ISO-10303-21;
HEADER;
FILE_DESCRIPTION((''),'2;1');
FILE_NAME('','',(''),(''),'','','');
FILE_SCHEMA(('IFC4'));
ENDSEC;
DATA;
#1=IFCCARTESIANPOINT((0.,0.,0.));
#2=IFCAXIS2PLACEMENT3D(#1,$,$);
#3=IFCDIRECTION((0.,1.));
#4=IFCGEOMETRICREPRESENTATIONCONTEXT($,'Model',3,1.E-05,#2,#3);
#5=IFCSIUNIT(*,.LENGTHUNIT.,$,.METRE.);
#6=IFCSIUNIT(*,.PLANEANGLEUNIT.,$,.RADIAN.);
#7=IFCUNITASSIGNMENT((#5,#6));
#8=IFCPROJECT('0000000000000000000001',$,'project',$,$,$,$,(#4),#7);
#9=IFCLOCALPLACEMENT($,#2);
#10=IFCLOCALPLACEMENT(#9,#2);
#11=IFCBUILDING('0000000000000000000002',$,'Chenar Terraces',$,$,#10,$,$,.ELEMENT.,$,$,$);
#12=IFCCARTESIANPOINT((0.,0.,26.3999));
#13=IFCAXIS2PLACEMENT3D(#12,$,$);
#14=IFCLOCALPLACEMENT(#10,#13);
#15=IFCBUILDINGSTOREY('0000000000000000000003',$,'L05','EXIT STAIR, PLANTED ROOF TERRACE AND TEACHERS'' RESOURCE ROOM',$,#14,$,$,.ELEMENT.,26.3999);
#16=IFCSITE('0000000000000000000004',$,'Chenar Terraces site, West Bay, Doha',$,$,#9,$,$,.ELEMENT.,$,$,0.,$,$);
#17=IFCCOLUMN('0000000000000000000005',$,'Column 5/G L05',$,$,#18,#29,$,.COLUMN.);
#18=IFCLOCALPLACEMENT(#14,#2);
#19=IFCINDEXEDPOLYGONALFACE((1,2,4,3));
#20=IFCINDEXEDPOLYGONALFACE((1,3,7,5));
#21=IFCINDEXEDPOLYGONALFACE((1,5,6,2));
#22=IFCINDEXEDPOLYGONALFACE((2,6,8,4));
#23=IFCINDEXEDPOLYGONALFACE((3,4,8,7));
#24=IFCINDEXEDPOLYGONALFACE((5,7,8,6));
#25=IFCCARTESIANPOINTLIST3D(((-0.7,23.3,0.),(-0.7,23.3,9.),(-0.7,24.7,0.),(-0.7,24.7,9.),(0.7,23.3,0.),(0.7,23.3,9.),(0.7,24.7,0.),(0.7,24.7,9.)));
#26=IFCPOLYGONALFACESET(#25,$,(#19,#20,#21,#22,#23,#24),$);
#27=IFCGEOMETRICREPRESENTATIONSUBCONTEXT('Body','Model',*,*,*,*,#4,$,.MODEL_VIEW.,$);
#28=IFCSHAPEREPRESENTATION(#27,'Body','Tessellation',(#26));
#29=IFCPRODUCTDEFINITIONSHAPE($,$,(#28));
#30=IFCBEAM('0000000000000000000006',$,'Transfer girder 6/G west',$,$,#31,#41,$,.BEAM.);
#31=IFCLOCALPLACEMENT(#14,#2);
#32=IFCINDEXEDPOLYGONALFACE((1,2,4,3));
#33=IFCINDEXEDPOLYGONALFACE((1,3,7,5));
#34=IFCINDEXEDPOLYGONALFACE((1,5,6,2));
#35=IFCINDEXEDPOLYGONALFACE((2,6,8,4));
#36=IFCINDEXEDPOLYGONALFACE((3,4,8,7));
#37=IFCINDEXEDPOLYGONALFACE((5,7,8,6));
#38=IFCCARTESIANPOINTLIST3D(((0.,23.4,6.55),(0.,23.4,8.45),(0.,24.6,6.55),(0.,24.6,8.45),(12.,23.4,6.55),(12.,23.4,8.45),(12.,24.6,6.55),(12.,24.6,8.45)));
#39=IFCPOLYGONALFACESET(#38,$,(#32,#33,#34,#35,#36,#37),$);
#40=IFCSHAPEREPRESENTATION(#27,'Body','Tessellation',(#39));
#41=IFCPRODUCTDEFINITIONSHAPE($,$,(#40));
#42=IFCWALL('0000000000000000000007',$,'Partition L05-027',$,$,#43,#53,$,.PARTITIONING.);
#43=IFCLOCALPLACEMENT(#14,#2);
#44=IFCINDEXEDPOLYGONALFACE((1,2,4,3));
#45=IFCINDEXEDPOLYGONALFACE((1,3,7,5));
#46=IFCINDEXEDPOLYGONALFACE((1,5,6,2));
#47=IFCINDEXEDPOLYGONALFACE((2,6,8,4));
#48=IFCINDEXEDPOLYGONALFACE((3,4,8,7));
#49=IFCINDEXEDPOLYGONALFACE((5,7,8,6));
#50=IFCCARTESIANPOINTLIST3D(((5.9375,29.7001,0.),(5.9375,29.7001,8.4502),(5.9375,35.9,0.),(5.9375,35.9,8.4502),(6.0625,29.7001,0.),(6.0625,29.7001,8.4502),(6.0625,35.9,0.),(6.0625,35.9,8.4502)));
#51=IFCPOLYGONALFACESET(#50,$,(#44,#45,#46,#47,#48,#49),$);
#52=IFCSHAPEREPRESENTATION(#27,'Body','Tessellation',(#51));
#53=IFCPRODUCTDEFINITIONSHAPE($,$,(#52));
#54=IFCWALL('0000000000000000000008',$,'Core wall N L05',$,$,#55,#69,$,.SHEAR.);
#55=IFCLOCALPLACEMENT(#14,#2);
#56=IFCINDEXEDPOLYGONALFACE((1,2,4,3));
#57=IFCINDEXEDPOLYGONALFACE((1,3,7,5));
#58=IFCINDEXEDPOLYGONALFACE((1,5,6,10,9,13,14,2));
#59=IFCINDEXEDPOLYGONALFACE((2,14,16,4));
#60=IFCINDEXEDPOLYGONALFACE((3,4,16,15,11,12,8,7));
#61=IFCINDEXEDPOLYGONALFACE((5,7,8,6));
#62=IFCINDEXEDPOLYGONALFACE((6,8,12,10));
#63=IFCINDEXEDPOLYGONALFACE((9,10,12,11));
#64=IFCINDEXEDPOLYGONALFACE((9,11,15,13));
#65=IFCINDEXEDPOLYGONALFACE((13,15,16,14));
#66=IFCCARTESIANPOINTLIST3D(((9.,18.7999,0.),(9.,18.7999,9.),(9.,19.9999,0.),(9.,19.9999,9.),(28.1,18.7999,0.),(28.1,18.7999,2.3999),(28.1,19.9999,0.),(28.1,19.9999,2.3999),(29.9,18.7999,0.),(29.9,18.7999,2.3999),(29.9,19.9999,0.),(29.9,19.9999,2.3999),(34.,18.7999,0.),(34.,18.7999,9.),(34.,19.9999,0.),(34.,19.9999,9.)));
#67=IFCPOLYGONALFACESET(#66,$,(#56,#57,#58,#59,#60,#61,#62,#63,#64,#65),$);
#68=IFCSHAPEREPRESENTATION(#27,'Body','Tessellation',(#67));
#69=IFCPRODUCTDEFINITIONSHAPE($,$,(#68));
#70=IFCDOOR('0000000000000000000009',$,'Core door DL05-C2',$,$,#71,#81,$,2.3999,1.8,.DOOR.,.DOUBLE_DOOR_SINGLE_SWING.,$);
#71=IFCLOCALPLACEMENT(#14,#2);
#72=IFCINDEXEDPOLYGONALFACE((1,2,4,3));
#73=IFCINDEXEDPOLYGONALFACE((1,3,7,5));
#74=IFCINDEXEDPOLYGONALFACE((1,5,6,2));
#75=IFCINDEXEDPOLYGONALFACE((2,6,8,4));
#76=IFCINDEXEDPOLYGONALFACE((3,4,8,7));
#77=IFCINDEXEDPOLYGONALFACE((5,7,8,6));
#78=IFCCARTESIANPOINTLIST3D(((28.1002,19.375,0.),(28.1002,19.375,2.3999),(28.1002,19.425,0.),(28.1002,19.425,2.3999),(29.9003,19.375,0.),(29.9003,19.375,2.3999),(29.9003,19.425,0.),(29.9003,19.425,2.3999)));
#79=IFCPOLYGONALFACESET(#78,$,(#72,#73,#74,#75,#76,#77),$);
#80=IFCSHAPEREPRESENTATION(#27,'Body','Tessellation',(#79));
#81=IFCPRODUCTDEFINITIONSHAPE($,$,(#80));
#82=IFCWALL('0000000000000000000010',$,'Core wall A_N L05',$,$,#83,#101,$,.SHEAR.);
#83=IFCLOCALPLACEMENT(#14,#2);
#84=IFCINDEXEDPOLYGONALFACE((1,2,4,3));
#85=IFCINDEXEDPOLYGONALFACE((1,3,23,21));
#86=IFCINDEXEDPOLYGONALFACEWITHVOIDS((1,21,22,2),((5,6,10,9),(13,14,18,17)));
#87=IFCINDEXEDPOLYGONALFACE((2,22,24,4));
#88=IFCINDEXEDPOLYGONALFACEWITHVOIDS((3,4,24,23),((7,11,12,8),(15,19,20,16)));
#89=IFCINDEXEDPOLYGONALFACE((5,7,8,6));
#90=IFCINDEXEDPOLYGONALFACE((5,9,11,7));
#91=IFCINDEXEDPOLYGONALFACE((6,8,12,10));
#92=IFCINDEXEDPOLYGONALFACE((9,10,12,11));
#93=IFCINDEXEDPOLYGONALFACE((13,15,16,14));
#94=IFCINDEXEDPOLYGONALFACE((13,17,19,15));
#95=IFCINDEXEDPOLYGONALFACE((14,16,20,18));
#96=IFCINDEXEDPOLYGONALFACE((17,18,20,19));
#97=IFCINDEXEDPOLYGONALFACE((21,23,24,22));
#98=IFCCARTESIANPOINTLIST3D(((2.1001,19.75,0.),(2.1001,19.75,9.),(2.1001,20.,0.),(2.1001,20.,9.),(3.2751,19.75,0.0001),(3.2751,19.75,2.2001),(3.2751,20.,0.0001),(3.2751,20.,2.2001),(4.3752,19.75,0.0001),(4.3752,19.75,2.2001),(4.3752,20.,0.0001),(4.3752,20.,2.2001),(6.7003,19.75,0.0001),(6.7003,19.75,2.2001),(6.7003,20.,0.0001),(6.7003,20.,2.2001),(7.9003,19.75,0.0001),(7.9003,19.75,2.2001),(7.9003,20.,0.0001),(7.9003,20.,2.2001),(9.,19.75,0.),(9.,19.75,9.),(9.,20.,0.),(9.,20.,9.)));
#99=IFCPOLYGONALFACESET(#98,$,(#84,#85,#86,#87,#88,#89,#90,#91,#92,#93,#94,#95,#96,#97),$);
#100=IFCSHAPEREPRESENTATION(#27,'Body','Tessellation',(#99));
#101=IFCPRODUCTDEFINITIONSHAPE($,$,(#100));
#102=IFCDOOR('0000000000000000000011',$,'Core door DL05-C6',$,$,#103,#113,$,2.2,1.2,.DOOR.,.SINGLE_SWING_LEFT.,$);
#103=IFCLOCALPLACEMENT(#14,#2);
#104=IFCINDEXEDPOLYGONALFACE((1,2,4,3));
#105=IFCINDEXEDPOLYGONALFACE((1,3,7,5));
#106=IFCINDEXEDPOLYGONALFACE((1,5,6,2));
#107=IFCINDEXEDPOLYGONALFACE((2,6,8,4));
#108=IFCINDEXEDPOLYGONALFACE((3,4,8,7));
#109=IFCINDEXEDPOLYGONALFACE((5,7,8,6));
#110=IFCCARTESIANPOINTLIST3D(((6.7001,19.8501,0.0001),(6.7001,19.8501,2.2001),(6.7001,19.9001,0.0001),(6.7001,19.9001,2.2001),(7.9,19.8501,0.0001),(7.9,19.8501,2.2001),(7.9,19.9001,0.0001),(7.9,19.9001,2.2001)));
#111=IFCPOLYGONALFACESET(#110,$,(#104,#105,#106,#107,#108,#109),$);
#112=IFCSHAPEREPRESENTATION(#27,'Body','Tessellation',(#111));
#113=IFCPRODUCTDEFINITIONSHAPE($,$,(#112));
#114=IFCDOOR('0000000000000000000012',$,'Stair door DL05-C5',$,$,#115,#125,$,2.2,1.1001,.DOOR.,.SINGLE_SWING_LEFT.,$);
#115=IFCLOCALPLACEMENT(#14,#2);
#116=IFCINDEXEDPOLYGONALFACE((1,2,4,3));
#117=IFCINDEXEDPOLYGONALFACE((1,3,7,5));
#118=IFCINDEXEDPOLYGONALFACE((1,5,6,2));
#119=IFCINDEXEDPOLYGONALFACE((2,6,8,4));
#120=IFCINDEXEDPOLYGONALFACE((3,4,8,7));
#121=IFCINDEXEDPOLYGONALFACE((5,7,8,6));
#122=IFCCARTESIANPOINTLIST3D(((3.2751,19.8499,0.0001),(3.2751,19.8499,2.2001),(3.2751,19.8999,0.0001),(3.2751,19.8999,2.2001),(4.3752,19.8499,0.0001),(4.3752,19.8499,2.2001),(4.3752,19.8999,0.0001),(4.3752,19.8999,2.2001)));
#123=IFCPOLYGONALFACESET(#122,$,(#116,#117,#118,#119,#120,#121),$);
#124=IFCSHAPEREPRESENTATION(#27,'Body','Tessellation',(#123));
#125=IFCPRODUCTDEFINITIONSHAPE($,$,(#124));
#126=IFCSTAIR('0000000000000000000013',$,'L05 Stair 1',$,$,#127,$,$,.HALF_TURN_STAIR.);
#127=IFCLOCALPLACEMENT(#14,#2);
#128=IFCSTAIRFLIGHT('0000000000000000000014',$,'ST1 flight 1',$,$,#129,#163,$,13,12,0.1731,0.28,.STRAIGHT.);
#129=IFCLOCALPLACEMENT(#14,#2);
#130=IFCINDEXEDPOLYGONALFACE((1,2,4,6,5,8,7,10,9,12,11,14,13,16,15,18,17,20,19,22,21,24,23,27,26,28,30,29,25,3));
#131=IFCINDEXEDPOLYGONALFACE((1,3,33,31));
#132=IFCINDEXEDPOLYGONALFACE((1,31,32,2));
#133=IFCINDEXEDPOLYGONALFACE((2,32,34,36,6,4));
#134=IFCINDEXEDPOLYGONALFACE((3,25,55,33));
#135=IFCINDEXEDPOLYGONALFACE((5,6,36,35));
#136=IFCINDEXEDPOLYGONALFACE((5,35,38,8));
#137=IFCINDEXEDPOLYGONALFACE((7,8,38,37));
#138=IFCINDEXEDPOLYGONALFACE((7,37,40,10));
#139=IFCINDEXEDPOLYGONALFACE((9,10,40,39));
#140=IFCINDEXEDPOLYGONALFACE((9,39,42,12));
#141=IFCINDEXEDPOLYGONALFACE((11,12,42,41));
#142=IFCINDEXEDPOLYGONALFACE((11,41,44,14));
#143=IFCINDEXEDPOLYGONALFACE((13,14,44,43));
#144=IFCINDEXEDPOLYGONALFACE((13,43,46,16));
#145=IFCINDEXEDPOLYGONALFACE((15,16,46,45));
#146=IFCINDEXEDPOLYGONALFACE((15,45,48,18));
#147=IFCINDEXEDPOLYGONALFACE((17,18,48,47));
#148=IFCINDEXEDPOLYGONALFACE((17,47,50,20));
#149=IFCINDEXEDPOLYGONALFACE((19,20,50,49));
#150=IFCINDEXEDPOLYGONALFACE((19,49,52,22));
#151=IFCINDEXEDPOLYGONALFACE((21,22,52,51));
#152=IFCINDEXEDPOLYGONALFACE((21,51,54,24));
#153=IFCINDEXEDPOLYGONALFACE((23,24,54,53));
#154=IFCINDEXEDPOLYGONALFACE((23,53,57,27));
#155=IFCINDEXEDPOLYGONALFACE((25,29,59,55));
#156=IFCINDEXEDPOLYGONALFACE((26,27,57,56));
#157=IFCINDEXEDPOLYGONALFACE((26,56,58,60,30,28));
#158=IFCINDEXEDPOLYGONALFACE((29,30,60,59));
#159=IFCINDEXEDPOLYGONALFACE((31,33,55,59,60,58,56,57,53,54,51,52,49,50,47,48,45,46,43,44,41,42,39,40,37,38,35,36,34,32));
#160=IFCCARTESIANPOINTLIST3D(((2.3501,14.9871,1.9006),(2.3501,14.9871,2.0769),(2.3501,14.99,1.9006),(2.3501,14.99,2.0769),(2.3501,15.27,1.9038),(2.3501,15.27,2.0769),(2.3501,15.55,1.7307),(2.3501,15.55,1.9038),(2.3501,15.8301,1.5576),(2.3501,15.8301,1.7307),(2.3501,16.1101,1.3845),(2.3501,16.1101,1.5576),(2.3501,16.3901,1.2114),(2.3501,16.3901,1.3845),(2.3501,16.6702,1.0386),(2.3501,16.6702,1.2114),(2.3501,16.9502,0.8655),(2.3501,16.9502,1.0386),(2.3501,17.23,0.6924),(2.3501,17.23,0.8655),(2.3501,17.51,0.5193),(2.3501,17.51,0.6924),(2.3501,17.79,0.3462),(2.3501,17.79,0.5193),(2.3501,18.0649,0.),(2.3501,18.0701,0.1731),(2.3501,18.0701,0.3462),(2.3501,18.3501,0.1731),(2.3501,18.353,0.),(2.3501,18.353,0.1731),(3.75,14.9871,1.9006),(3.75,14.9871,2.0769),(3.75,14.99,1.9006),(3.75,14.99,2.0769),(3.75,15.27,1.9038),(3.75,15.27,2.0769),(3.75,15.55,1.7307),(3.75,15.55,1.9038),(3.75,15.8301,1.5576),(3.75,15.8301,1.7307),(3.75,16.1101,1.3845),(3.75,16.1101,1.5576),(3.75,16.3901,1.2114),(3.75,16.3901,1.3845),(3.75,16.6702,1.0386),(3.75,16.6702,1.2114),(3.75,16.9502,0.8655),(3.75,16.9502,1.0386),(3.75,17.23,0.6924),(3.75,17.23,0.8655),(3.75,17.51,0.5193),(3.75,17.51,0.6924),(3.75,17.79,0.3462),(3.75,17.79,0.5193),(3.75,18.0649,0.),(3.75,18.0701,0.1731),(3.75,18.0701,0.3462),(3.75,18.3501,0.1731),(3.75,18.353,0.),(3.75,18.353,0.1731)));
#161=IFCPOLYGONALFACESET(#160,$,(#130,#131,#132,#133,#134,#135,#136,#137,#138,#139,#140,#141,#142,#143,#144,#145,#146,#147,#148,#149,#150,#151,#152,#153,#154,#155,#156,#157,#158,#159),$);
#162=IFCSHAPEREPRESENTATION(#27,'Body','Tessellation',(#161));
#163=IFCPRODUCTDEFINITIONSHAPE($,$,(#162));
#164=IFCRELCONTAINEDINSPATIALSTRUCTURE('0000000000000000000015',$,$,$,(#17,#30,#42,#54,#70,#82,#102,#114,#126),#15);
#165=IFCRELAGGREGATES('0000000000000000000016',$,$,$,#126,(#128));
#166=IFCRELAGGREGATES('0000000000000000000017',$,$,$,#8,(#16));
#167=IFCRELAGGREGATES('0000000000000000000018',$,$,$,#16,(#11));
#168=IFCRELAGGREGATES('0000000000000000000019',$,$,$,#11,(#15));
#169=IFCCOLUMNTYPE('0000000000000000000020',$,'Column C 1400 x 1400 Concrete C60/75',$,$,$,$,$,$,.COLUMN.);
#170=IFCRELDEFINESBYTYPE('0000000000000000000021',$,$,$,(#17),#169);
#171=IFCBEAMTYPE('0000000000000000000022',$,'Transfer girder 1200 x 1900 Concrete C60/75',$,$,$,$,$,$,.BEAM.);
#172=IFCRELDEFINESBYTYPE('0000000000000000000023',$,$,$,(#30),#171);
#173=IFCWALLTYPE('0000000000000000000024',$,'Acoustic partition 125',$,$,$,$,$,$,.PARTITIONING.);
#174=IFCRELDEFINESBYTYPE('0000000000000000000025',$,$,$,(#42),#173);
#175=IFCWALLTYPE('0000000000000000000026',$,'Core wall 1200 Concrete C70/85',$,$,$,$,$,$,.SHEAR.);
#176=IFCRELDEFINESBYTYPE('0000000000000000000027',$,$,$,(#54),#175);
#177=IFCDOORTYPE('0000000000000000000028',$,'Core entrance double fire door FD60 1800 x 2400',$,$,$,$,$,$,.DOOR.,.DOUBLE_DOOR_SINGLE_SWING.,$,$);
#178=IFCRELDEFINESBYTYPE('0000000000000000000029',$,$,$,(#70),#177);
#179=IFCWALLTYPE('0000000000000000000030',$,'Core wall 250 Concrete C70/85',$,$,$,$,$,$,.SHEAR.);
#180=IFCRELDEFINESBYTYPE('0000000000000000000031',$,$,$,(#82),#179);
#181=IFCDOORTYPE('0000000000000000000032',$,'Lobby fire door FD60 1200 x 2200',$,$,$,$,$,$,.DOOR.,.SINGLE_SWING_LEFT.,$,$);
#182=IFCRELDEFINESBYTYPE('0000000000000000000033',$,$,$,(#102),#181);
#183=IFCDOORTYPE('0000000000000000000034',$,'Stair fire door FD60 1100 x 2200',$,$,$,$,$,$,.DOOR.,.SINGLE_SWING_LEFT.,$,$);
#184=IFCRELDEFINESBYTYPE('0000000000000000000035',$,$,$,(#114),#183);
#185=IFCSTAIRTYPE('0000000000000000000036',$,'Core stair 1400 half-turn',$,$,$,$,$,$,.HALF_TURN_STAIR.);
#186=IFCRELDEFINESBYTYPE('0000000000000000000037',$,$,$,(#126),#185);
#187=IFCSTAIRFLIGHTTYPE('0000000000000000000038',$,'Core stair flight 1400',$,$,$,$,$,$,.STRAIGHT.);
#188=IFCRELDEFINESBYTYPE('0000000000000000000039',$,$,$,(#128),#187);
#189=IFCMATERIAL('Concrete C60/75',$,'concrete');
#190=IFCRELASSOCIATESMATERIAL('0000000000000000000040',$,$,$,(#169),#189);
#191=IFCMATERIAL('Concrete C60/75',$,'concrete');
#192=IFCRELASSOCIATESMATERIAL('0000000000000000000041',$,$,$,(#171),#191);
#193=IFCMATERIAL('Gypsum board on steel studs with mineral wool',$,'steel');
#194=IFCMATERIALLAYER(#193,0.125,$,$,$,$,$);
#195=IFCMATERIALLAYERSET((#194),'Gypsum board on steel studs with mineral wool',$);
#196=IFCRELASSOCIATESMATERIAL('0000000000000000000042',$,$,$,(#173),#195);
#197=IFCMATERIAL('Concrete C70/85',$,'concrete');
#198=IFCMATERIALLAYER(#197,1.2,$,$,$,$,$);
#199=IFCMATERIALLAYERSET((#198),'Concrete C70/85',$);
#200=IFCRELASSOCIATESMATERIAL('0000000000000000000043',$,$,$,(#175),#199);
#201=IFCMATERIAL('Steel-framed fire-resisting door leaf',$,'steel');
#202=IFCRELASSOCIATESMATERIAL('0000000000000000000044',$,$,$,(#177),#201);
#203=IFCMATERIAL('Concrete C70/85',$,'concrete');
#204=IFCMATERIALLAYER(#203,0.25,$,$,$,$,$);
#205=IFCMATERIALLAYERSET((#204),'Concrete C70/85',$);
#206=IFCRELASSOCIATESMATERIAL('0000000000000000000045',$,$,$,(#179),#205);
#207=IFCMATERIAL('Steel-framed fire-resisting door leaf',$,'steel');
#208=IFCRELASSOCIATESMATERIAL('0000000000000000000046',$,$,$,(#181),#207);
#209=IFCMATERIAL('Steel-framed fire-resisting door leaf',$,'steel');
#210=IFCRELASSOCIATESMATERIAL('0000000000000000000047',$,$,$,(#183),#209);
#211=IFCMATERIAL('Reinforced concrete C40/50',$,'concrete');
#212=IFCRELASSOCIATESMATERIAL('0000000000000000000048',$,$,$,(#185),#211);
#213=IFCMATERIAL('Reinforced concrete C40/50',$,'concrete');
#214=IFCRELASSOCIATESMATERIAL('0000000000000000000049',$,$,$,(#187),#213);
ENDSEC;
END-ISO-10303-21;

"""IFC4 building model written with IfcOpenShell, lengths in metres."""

from ifc_helpers import new_model, si_unit, direction, frame, frame_2d, origin, origin_2d, place, context, subcontext, project, spatial, polyline, rectangle, outline, extrude, material, layer, layer_set, material_profile, profile_set, type_object, element, fill, aggregate, save


model = new_model("IFC4")

# Units and contexts
model_context = context("Model", 3, precision=1e-05, world=origin(), true_north=direction((0.0, 1.0)))
body_context = subcontext(model_context, "Body", "Model", "MODEL_VIEW")
ifc_project = project(units=[si_unit("LENGTHUNIT", "METRE"), si_unit("PLANEANGLEUNIT", "RADIAN")], contexts=[model_context])

# Site, building, storey
site_placement = place(None, origin())
site = spatial("IfcSite", under=ifc_project, at=site_placement, Name="Chenar Terraces site, West Bay, Doha", CompositionType="ELEMENT", RefElevation=0.0)
building_placement = place(site_placement, origin())
building = spatial("IfcBuilding", under=site, at=building_placement, Name="Chenar Terraces", CompositionType="ELEMENT")
storey_placement = place(building_placement, frame((0.0, 0.0, 26.3999)))
storey = spatial("IfcBuildingStorey", under=building, at=storey_placement, Name="L05", Description="EXIT STAIR, PLANTED ROOF TERRACE AND TEACHERS' RESOURCE ROOM", CompositionType="ELEMENT", Elevation=26.3999)

# Column
ifc_material_1 = material(Name="Concrete C60/75", Category="concrete")
ifc_material_profile_1 = material_profile(ifc_material_1, rectangle(XDim=1.3999, YDim=1.3999, at=origin_2d()), Name="C 1400 x 1400")
ifc_profile_set_1 = profile_set([ifc_material_profile_1], Name="Concrete C60/75")
column_type = type_object("IfcColumnType", Name="Column C 1400 x 1400 Concrete C60/75", PredefinedType="COLUMN", material=ifc_profile_set_1)
column_placement = place(storey_placement, frame((0.0, 24.0, 0.0), z_axis=(0.0, 0.0, 1.0), x_axis=(1.0, 0.0, 0.0)))
element("IfcColumn", 1, at=column_placement, inside=storey, type_object=column_type, Name="Column 5/G L05", PredefinedType="COLUMN", context=body_context, shape_type="SweptSolid", body=[
    extrude(rectangle(XDim=1.3999, YDim=1.3999, at=origin_2d()), origin(), (0.0, 0.0, 1.0), 9.0),
])

# Beam
ifc_material_2 = material(Name="Concrete C60/75", Category="concrete")
ifc_material_profile_2 = material_profile(ifc_material_2, rectangle(XDim=1.2, YDim=1.8999, at=origin_2d()), Name="RC 1200 x 1900")
ifc_profile_set_2 = profile_set([ifc_material_profile_2], Name="Concrete C60/75")
beam_type = type_object("IfcBeamType", Name="Transfer girder 1200 x 1900 Concrete C60/75", PredefinedType="BEAM", material=ifc_profile_set_2)
beam_placement = place(storey_placement, frame((0.0, 24.0, 8.45), z_axis=(1.0, 0.0, 0.0), x_axis=(0.0, 1.0, 0.0)))
element("IfcBeam", 2, at=beam_placement, inside=storey, type_object=beam_type, Name="Transfer girder 6/G west", PredefinedType="BEAM", context=body_context, shape_type="SweptSolid", body=[
    extrude(rectangle(XDim=1.2, YDim=1.8999, at=frame_2d((0.0, -0.95))), origin(), (0.0, 0.0, 1.0), 12.0),
])

# Wall
ifc_material_3 = material(Name="Gypsum board on steel studs with mineral wool", Category="steel")
ifc_layer_1 = layer(ifc_material_3, 0.125)
ifc_layer_set_1 = layer_set([ifc_layer_1], Name="Gypsum board on steel studs with mineral wool")
wall_type_1 = type_object("IfcWallType", Name="Acoustic partition 125", PredefinedType="PARTITIONING", material=ifc_layer_set_1)
wall_1_placement = place(storey_placement, frame((6.0, 29.7, 0.0), z_axis=(0.0, 0.0, 1.0), x_axis=(0.0, 1.0, 0.0)))
element("IfcWall", 3, at=wall_1_placement, inside=storey, type_object=wall_type_1, Name="Partition L05-027", PredefinedType="PARTITIONING", context=body_context, shape_type="SweptSolid", body=[
    extrude(rectangle(XDim=6.2, YDim=0.125, at=frame_2d((3.1001, 0.0))), origin(), (0.0, 0.0, 1.0), 8.4502),
])

# Wall, opening, door
ifc_material_4 = material(Name="Concrete C70/85", Category="concrete")
ifc_layer_2 = layer(ifc_material_4, 1.2)
ifc_layer_set_2 = layer_set([ifc_layer_2], Name="Concrete C70/85")
wall_type_2 = type_object("IfcWallType", Name="Core wall 1200 Concrete C70/85", PredefinedType="SHEAR", material=ifc_layer_set_2)
wall_2_placement = place(storey_placement, frame((9.0, 19.3999, 0.0), z_axis=(0.0, 0.0, 1.0), x_axis=(1.0, 0.0, 0.0)))
wall_2 = element("IfcWall", 4, at=wall_2_placement, inside=storey, type_object=wall_type_2, Name="Core wall N L05", PredefinedType="SHEAR", context=body_context, shape_type="SweptSolid", body=[
    extrude(rectangle(XDim=25.0, YDim=1.2, at=frame_2d((12.5, 0.0))), origin(), (0.0, 0.0, 1.0), 9.0),
])
opening_1_placement = place(wall_2_placement, frame((19.1001, 0.0, 0.0)))
opening_1 = element("IfcOpeningElement", 5, at=opening_1_placement, cuts=wall_2, PredefinedType="OPENING", context=body_context, shape_type="SweptSolid", body=[
    extrude(rectangle(XDim=1.8, YDim=2.3999, at=frame_2d((0.8999, 1.2))), frame((0.0, 0.6099, 0.0), z_axis=(0.0, -1.0, 0.0), x_axis=(1.0, 0.0, 0.0)), (0.0, 0.0, 1.0), 1.22),
])
ifc_material_5 = material(Name="Steel-framed fire-resisting door leaf", Category="steel")
door_type_1 = type_object("IfcDoorType", Name="Core entrance double fire door FD60 1800 x 2400", OperationType="DOUBLE_DOOR_SINGLE_SWING", PredefinedType="DOOR", material=ifc_material_5)
door_1_placement = place(opening_1_placement, frame((1.8, 0.0, 0.0), z_axis=(0.0, 0.0, 1.0), x_axis=(-1.0, 0.0, 0.0)))
door_1 = element("IfcDoor", 6, at=door_1_placement, inside=storey, type_object=door_type_1, Name="Core door DL05-C2", OperationType="DOUBLE_DOOR_SINGLE_SWING", OverallHeight=2.3999, OverallWidth=1.8, PredefinedType="DOOR", context=body_context, shape_type="SweptSolid", body=[
    extrude(rectangle(XDim=1.8, YDim=2.3999, at=frame_2d((0.8999, 1.2))), frame((0.0, 0.0249, 0.0), z_axis=(0.0, -1.0, 0.0), x_axis=(1.0, 0.0, 0.0)), (0.0, 0.0, 1.0), 0.05),
])
fill(opening_1, door_1)

# Wall, openings, doors
ifc_material_6 = material(Name="Concrete C70/85", Category="concrete")
ifc_layer_3 = layer(ifc_material_6, 0.25)
ifc_layer_set_3 = layer_set([ifc_layer_3], Name="Concrete C70/85")
wall_type_3 = type_object("IfcWallType", Name="Core wall 250 Concrete C70/85", PredefinedType="SHEAR", material=ifc_layer_set_3)
wall_3_placement = place(storey_placement, frame((2.1001, 19.875, 0.0), z_axis=(0.0, 0.0, 1.0), x_axis=(1.0, 0.0, 0.0)))
wall_3 = element("IfcWall", 7, at=wall_3_placement, inside=storey, type_object=wall_type_3, Name="Core wall A_N L05", PredefinedType="SHEAR", context=body_context, shape_type="SweptSolid", body=[
    extrude(rectangle(XDim=6.8999, YDim=0.25, at=frame_2d((3.45, 0.0))), origin(), (0.0, 0.0, 1.0), 9.0),
])
opening_2_placement = place(wall_3_placement, frame((1.175, 0.0, 0.0)))
opening_2 = element("IfcOpeningElement", 8, at=opening_2_placement, cuts=wall_3, PredefinedType="OPENING", context=body_context, shape_type="SweptSolid", body=[
    extrude(rectangle(XDim=1.1001, YDim=2.2, at=frame_2d((0.55, 1.1001))), frame((0.0, 0.135, 0.0), z_axis=(0.0, -1.0, 0.0), x_axis=(1.0, 0.0, 0.0)), (0.0, 0.0, 1.0), 0.27),
])
opening_3_placement = place(wall_3_placement, frame((4.6001, 0.0, 0.0)))
opening_3 = element("IfcOpeningElement", 9, at=opening_3_placement, cuts=wall_3, PredefinedType="OPENING", context=body_context, shape_type="SweptSolid", body=[
    extrude(rectangle(XDim=1.2, YDim=2.2, at=frame_2d((0.6001, 1.1001))), frame((0.0, 0.135, 0.0), z_axis=(0.0, -1.0, 0.0), x_axis=(1.0, 0.0, 0.0)), (0.0, 0.0, 1.0), 0.27),
])
ifc_material_7 = material(Name="Steel-framed fire-resisting door leaf", Category="steel")
door_type_2 = type_object("IfcDoorType", Name="Lobby fire door FD60 1200 x 2200", OperationType="SINGLE_SWING_LEFT", PredefinedType="DOOR", material=ifc_material_7)
door_2_placement = place(opening_3_placement, frame((1.2, 0.0, 0.0), z_axis=(0.0, 0.0, 1.0), x_axis=(-1.0, 0.0, 0.0)))
door_2 = element("IfcDoor", 10, at=door_2_placement, inside=storey, type_object=door_type_2, Name="Core door DL05-C6", OperationType="SINGLE_SWING_LEFT", OverallHeight=2.2, OverallWidth=1.2, PredefinedType="DOOR", context=body_context, shape_type="SweptSolid", body=[
    extrude(rectangle(XDim=1.2, YDim=2.2, at=frame_2d((0.6001, 1.1001))), frame((0.0, 0.0249, 0.0), z_axis=(0.0, -1.0, 0.0), x_axis=(1.0, 0.0, 0.0)), (0.0, 0.0, 1.0), 0.05),
])
fill(opening_3, door_2)
ifc_material_8 = material(Name="Steel-framed fire-resisting door leaf", Category="steel")
door_type_3 = type_object("IfcDoorType", Name="Stair fire door FD60 1100 x 2200", OperationType="SINGLE_SWING_LEFT", PredefinedType="DOOR", material=ifc_material_8)
door_3_placement = place(opening_2_placement, origin())
door_3 = element("IfcDoor", 11, at=door_3_placement, inside=storey, type_object=door_type_3, Name="Stair door DL05-C5", OperationType="SINGLE_SWING_LEFT", OverallHeight=2.2, OverallWidth=1.1001, PredefinedType="DOOR", context=body_context, shape_type="SweptSolid", body=[
    extrude(rectangle(XDim=1.1001, YDim=2.2, at=frame_2d((0.55, 1.1001))), frame((0.0, 0.0249, 0.0), z_axis=(0.0, -1.0, 0.0), x_axis=(1.0, 0.0, 0.0)), (0.0, 0.0, 1.0), 0.05),
])
fill(opening_2, door_3)

# Stair, stair flight
ifc_material_9 = material(Name="Reinforced concrete C40/50", Category="concrete")
stair_type = type_object("IfcStairType", Name="Core stair 1400 half-turn", PredefinedType="HALF_TURN_STAIR", material=ifc_material_9)
placement = place(storey_placement, origin())
stair_1 = element("IfcStair", 12, at=placement, inside=storey, type_object=stair_type, Name="L05 Stair 1", PredefinedType="HALF_TURN_STAIR")
ifc_material_10 = material(Name="Reinforced concrete C40/50", Category="concrete")
stair_flight_type = type_object("IfcStairFlightType", Name="Core stair flight 1400", PredefinedType="STRAIGHT", material=ifc_material_10)
stair_flight_1_placement = place(storey_placement, frame((3.05, 18.3501, 0.0), z_axis=(0.0, 0.0, 1.0), x_axis=(0.0, -1.0, 0.0)))
stair_flight_1 = element("IfcStairFlight", 13, at=stair_flight_1_placement, type_object=stair_flight_type, Name="ST1 flight 1", NumberOfRisers=13, NumberOfTreads=12, PredefinedType="STRAIGHT", RiserHeight=0.1731, TreadLength=0.28, context=body_context, shape_type="SweptSolid", body=[
    extrude(outline(polyline([(-0.0029, 0.0), (-0.0029, 0.1731), (0.0, 0.1731), (0.28, 0.1731), (0.28, 0.3462), (0.5601, 0.3462), (0.5601, 0.5193), (0.8401, 0.5193), (0.8401, 0.6924), (1.1201, 0.6924), (1.1201, 0.8655), (1.3999, 0.8655), (1.3999, 1.0386), (1.6799, 1.0386), (1.6799, 1.2114), (1.96, 1.2114), (1.96, 1.3845), (2.24, 1.3845), (2.24, 1.5576), (2.52, 1.5576), (2.52, 1.7307), (2.8, 1.7307), (2.8, 1.9038), (3.0801, 1.9038), (3.0801, 2.0769), (3.3601, 2.0769), (3.363, 2.0769), (3.363, 1.9006), (3.3601, 1.9006), (0.2852, 0.0), (-0.0029, 0.0)])), frame((0.0, 0.7, 0.0), z_axis=(0.0, -1.0, 0.0), x_axis=(1.0, 0.0, 0.0)), (0.0, 0.0, 1.0), 1.3999),
])
aggregate(stair_1, [stair_flight_1])

save(model, "model.ifc")
